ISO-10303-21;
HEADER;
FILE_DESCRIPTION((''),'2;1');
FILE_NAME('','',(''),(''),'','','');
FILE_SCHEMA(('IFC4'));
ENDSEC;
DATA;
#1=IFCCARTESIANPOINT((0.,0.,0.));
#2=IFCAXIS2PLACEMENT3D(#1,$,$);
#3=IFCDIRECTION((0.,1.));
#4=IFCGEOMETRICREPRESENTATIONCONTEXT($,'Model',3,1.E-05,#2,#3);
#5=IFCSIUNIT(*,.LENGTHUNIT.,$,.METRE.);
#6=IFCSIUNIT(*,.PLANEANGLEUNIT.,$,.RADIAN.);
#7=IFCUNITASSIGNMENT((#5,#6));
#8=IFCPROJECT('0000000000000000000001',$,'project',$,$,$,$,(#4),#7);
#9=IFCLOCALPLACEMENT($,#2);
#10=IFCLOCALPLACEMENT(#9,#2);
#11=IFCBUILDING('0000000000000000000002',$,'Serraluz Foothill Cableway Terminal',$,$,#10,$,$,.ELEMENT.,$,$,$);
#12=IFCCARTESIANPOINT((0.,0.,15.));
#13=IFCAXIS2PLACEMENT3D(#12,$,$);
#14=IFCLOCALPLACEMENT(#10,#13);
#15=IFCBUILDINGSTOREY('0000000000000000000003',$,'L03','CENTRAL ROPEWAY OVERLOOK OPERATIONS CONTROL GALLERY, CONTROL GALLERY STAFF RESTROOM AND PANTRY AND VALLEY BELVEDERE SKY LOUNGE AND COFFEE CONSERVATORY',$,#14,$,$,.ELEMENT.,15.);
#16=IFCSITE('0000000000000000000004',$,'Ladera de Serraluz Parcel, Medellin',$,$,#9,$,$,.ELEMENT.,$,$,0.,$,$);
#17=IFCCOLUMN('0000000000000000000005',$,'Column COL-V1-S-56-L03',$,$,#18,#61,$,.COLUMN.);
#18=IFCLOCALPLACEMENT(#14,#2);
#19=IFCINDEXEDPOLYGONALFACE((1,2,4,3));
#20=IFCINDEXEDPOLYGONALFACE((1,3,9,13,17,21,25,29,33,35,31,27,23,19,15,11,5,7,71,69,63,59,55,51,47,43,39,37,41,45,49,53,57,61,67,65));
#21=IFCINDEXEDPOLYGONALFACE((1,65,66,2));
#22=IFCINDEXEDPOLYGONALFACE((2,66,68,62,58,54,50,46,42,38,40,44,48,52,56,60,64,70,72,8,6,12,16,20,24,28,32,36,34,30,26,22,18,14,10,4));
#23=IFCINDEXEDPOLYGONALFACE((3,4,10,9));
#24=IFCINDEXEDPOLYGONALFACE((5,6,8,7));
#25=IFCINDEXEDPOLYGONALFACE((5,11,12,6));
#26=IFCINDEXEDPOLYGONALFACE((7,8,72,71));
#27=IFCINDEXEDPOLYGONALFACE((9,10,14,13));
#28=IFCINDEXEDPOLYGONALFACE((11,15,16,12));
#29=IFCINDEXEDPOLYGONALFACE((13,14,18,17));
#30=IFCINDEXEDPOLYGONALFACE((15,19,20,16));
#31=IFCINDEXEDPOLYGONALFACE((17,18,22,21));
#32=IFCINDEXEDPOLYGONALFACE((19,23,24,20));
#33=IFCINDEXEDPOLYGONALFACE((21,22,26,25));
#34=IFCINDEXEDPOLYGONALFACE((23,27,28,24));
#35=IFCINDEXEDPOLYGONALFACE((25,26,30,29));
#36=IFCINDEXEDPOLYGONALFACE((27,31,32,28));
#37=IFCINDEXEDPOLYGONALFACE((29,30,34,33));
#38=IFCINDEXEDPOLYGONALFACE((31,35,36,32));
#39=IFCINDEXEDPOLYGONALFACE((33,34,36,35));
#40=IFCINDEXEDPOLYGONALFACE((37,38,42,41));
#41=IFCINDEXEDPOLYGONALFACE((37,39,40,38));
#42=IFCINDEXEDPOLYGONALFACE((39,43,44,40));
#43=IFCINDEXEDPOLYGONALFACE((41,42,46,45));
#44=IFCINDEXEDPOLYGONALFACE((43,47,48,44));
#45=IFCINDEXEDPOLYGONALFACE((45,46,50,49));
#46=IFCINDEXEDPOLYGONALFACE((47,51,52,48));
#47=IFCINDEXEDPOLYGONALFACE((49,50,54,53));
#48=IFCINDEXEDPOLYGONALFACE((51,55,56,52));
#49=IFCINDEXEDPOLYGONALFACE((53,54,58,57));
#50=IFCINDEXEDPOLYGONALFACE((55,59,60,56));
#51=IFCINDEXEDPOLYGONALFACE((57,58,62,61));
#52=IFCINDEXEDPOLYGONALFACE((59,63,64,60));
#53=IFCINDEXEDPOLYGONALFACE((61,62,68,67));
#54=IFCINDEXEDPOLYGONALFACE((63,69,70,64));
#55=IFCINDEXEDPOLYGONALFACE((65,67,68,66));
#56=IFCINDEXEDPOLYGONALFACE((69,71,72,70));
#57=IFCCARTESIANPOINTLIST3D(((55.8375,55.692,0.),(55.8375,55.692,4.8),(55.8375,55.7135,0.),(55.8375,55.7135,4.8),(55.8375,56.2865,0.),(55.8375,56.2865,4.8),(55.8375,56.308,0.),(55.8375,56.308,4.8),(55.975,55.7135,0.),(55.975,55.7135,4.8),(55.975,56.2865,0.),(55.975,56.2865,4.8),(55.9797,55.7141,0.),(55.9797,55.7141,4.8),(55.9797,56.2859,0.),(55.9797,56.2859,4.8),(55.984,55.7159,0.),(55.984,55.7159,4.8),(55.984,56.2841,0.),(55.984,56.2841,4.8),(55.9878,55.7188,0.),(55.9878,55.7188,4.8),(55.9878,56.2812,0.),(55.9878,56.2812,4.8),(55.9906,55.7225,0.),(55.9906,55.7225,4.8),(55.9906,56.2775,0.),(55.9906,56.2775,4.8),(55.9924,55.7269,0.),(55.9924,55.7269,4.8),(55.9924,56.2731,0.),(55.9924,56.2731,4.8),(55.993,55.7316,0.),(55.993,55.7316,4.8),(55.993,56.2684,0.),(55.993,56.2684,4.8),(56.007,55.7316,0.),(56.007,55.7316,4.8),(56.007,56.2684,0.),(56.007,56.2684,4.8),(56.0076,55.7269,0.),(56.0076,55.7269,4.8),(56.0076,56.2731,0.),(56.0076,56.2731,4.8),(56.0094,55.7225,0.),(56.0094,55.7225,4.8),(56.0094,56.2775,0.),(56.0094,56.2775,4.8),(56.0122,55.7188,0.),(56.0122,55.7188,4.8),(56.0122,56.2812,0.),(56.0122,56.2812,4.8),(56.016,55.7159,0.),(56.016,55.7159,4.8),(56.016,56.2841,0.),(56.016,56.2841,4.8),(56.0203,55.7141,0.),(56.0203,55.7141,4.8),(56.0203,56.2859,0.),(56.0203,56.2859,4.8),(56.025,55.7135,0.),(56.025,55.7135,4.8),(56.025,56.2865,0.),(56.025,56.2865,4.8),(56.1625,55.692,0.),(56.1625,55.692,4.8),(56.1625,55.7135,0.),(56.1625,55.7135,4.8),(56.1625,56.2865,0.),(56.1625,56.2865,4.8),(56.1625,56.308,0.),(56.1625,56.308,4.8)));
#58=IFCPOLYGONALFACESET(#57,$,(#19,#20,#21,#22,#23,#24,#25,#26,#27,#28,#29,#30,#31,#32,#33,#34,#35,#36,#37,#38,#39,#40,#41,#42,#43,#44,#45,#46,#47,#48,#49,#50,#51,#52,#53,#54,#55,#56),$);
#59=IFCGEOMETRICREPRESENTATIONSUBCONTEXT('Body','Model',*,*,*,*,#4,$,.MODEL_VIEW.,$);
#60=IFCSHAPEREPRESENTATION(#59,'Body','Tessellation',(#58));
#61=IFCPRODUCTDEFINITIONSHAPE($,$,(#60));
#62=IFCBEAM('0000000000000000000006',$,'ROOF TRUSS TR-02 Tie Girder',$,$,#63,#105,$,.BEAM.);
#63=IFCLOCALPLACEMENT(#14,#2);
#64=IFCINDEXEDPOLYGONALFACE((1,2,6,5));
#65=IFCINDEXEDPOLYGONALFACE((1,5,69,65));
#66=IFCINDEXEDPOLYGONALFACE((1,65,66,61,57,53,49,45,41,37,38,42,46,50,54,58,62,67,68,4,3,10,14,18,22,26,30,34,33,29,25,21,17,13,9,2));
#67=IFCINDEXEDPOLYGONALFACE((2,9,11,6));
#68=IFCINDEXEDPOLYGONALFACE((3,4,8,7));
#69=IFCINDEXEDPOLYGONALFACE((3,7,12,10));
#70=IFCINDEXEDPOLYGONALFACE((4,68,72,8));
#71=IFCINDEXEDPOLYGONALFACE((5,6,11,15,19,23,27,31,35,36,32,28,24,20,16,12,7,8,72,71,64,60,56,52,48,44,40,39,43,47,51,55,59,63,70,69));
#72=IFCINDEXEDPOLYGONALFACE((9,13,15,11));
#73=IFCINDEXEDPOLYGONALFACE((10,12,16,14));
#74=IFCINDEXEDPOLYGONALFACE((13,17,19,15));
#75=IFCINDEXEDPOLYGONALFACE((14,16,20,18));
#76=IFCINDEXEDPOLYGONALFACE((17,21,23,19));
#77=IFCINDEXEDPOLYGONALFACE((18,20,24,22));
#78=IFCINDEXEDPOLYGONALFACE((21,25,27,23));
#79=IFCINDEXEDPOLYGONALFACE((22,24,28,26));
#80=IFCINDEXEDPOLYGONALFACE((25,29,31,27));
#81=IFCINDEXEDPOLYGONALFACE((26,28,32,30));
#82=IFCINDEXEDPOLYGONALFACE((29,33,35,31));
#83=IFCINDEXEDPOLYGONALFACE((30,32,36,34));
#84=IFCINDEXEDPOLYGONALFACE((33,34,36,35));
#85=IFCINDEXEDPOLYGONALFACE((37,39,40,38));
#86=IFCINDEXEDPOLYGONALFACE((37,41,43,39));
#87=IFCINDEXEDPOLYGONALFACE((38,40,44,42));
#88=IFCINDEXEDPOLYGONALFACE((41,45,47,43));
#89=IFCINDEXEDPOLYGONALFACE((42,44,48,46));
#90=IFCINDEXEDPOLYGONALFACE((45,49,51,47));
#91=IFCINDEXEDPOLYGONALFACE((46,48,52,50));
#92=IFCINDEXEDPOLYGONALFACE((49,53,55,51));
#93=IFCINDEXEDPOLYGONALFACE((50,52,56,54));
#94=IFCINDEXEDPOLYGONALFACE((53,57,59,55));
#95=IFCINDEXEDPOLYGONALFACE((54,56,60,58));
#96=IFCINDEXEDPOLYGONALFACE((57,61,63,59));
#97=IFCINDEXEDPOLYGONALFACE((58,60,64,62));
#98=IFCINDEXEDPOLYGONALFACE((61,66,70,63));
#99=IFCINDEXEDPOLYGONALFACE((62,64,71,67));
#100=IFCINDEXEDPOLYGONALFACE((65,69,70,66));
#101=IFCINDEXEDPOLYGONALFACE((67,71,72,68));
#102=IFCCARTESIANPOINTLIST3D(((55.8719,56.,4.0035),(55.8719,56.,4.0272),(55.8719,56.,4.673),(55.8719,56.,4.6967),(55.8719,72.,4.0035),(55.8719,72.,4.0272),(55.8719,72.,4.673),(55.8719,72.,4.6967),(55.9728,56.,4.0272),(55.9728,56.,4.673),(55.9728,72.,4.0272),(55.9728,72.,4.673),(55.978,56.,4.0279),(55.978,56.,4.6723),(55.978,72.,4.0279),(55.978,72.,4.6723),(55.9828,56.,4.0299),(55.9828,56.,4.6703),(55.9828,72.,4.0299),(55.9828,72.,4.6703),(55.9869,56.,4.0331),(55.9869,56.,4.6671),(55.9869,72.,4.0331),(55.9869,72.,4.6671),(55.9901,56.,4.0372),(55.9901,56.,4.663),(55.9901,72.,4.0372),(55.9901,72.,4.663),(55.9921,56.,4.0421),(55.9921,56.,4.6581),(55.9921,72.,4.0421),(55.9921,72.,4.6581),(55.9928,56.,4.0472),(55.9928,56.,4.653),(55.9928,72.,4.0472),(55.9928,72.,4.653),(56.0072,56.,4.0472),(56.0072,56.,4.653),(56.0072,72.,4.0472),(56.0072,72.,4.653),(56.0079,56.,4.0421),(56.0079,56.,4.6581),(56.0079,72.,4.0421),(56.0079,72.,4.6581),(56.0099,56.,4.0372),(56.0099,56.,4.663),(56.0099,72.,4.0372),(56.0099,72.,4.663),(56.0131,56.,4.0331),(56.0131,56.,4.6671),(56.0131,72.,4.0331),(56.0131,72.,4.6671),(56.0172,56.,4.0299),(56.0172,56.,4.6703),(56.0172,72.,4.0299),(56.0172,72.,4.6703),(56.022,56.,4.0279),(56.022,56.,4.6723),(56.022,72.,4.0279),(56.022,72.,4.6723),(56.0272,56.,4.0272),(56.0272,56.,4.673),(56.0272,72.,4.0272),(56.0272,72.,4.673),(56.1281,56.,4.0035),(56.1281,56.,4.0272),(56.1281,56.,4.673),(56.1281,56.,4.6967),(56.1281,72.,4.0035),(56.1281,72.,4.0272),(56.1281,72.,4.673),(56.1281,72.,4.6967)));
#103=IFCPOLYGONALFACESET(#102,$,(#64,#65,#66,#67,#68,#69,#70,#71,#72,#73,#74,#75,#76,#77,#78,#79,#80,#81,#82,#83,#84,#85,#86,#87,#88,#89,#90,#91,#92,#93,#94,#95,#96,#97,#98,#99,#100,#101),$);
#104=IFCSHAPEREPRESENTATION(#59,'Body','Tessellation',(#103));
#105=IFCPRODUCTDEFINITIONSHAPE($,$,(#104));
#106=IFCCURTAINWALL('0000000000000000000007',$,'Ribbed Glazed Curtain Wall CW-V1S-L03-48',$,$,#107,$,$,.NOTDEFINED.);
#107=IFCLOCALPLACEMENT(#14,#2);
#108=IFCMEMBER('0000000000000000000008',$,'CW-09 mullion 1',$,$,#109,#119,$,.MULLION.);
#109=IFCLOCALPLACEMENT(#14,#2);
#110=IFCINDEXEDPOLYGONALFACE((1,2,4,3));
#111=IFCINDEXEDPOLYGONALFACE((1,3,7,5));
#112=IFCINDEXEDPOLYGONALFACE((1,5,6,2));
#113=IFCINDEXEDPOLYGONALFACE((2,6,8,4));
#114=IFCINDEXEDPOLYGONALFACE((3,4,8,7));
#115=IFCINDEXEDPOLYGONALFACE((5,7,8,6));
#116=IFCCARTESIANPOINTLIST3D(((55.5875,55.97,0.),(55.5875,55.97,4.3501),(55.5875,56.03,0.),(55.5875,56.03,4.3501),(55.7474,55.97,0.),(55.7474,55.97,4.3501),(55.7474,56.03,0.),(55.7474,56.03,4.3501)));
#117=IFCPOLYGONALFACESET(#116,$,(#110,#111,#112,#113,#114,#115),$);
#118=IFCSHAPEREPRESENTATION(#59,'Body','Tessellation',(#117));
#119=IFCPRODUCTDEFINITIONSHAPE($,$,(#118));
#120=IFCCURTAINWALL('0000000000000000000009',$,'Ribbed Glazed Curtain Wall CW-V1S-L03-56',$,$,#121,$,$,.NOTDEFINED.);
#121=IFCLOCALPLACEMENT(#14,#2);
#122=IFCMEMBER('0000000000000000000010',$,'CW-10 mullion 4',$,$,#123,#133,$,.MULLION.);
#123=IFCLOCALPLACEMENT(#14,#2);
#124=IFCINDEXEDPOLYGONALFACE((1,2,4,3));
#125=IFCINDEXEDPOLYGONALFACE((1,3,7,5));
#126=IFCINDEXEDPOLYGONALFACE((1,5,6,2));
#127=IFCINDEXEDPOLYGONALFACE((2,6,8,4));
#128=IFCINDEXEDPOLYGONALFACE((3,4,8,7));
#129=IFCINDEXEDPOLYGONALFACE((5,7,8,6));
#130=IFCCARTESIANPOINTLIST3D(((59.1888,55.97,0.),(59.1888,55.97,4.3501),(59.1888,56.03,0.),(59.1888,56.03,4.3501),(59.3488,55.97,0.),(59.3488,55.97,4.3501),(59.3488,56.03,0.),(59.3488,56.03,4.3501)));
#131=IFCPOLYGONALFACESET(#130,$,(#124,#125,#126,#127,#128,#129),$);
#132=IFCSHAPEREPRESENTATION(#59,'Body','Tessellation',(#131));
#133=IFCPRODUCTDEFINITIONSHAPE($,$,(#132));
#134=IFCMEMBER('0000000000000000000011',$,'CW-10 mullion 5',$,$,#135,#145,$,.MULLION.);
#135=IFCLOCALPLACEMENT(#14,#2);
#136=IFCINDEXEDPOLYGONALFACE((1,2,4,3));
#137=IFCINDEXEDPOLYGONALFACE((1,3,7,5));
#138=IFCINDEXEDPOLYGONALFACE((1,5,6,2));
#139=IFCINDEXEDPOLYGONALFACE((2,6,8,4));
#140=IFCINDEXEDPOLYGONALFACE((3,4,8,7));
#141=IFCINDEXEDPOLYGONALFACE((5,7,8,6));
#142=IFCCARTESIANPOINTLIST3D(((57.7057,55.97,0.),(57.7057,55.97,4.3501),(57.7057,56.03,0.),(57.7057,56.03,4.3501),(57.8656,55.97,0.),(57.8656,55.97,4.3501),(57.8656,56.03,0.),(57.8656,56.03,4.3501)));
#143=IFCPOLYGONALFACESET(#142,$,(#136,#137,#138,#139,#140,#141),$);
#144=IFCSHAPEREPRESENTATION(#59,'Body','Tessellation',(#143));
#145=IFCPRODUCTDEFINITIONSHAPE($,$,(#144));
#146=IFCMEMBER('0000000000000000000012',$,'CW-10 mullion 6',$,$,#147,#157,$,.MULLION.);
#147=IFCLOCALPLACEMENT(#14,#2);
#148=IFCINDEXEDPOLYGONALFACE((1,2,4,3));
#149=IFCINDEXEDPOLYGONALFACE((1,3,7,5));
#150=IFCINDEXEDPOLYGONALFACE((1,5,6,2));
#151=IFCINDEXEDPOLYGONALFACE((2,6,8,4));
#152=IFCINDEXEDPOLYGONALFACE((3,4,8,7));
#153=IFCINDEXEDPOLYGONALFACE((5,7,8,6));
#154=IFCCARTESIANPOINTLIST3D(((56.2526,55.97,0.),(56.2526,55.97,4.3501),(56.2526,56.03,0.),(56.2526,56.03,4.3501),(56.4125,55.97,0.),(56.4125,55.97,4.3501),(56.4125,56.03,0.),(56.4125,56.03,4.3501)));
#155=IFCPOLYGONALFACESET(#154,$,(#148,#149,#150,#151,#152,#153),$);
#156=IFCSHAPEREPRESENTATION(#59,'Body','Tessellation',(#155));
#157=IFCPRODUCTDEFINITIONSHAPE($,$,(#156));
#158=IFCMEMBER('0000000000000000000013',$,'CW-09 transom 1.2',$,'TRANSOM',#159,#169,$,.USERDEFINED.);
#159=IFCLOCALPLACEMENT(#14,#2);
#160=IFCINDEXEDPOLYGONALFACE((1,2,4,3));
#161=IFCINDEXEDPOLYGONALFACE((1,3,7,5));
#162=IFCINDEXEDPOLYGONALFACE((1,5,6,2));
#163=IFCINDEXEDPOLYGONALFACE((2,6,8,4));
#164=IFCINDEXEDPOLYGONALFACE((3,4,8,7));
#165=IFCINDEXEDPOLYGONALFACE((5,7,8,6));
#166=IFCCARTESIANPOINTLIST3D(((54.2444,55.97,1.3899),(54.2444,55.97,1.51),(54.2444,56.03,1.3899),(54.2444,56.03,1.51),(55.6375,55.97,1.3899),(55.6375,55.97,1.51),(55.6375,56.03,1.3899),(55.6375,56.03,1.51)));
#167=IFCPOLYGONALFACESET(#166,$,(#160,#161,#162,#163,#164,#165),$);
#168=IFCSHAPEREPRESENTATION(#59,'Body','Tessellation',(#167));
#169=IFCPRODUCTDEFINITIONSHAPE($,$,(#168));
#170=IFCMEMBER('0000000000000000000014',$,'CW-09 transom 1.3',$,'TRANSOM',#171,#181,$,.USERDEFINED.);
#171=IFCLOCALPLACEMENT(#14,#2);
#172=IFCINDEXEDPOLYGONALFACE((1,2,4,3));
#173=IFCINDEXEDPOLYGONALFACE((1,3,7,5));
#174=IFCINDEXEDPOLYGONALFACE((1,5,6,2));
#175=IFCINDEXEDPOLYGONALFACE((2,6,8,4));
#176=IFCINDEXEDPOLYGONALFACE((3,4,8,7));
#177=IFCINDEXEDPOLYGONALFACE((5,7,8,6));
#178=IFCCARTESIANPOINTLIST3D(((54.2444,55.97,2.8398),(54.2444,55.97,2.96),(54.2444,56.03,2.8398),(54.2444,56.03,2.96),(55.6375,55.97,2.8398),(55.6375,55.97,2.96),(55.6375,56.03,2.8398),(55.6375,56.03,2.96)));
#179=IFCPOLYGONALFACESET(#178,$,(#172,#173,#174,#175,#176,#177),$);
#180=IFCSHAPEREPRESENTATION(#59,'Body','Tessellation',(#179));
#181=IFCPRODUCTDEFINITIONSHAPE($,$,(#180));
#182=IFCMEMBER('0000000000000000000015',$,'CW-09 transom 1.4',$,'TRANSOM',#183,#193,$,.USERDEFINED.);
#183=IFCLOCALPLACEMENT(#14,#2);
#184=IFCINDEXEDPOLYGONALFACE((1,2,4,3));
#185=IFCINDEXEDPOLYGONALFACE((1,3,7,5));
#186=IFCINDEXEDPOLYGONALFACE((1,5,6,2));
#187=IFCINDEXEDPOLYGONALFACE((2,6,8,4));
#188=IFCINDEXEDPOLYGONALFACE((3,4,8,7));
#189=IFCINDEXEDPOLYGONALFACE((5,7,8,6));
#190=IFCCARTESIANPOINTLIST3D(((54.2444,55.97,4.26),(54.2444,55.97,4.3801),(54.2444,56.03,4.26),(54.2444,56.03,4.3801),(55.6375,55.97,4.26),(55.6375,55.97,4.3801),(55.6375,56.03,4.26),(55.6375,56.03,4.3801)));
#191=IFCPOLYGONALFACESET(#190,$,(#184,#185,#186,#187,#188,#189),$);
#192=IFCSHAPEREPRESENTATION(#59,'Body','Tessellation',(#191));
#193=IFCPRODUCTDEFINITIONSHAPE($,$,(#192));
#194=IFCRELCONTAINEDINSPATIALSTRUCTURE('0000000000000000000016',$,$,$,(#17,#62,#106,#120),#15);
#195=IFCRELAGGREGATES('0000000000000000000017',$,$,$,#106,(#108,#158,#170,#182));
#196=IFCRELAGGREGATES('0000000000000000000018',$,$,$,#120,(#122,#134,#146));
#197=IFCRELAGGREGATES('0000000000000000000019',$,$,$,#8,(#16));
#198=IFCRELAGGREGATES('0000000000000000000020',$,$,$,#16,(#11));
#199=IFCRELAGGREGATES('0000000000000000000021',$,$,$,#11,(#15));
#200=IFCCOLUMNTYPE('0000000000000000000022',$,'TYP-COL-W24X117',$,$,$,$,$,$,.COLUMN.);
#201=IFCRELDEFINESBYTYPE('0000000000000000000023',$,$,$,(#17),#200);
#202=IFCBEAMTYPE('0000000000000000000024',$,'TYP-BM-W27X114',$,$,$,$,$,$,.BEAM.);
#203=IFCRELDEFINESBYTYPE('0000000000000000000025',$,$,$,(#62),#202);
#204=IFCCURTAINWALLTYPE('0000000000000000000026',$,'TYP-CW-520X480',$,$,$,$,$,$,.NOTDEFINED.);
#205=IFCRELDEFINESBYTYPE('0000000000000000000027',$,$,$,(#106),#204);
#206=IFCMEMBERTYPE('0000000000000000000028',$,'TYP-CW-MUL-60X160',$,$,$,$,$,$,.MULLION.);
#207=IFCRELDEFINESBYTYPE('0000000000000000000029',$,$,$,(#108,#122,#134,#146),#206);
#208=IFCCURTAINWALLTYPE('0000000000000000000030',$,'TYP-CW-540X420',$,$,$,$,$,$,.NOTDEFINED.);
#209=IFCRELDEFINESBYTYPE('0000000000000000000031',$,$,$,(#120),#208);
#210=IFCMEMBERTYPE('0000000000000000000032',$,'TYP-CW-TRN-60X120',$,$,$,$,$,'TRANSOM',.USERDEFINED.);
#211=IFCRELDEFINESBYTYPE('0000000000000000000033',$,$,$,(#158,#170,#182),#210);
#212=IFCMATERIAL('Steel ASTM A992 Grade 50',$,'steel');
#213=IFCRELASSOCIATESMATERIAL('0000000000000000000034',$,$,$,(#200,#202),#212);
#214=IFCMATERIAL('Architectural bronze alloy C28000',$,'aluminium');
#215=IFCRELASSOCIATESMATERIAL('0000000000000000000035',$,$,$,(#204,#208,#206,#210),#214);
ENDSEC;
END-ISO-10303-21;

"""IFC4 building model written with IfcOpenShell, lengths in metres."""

from ifc_helpers import new_model, si_unit, direction, frame, origin, origin_2d, place, context, subcontext, project, spatial, rectangle, i_section, extrude, material, material_profile, profile_set, type_object, element, aggregate, save


model = new_model("IFC4")

# Units and contexts
model_context = context("Model", 3, precision=1e-05, world=origin(), true_north=direction((0.0, 1.0)))
body_context = subcontext(model_context, "Body", "Model", "MODEL_VIEW")
ifc_project = project(units=[si_unit("LENGTHUNIT", "METRE"), si_unit("PLANEANGLEUNIT", "RADIAN")], contexts=[model_context])

# Site, building, storey
site_placement = place(None, origin())
site = spatial("IfcSite", under=ifc_project, at=site_placement, Name="Ladera de Serraluz Parcel, Medellin", CompositionType="ELEMENT", RefElevation=0.0)
building_placement = place(site_placement, origin())
building = spatial("IfcBuilding", under=site, at=building_placement, Name="Serraluz Foothill Cableway Terminal", CompositionType="ELEMENT")
storey_placement = place(building_placement, frame((0.0, 0.0, 15.0)))
storey = spatial("IfcBuildingStorey", under=building, at=storey_placement, Name="L03", Description="CENTRAL ROPEWAY OVERLOOK OPERATIONS CONTROL GALLERY, CONTROL GALLERY STAFF RESTROOM AND PANTRY AND VALLEY BELVEDERE SKY LOUNGE AND COFFEE CONSERVATORY", CompositionType="ELEMENT", Elevation=15.0)

# Column
ifc_material_1 = material(Name="Steel ASTM A992 Grade 50", Category="steel")
ifc_material_profile_1 = material_profile(ifc_material_1, i_section(OverallWidth=0.325, OverallDepth=0.616, WebThickness=0.0139, FlangeThickness=0.0215, FilletRadius=0.0181, at=origin_2d()), Name="W24X117")
ifc_profile_set_1 = profile_set([ifc_material_profile_1], Name="Steel ASTM A992 Grade 50")
column_type = type_object("IfcColumnType", Name="TYP-COL-W24X117", PredefinedType="COLUMN", material=ifc_profile_set_1)
column_placement = place(storey_placement, frame((56.0, 56.0, 0.0), z_axis=(0.0, 0.0, 1.0), x_axis=(1.0, 0.0, 0.0)))
element("IfcColumn", 1, at=column_placement, inside=storey, type_object=column_type, Name="Column COL-V1-S-56-L03", PredefinedType="COLUMN", context=body_context, shape_type="SweptSolid", body=[
    extrude(i_section(OverallWidth=0.325, OverallDepth=0.616, WebThickness=0.0139, FlangeThickness=0.0215, FilletRadius=0.0181, at=origin_2d()), origin(), (0.0, 0.0, 1.0), 4.8),
])

# Beam
ifc_material_profile_2 = material_profile(ifc_material_1, i_section(OverallWidth=0.2561, OverallDepth=0.6931, WebThickness=0.0144, FlangeThickness=0.0237, FilletRadius=0.02, at=origin_2d()), Name="W27X114")
ifc_profile_set_2 = profile_set([ifc_material_profile_2], Name="Steel ASTM A992 Grade 50")
beam_type_1 = type_object("IfcBeamType", Name="TYP-BM-W27X114", PredefinedType="BEAM", material=ifc_profile_set_2)
beam_1_placement = place(storey_placement, frame((56.0, 56.0, 4.3501), z_axis=(0.0, 1.0, 0.0), x_axis=(-1.0, 0.0, 0.0)))
element("IfcBeam", 2, at=beam_1_placement, inside=storey, type_object=beam_type_1, Name="ROOF TRUSS TR-02 Tie Girder", PredefinedType="BEAM", context=body_context, shape_type="SweptSolid", body=[
    extrude(i_section(OverallWidth=0.2561, OverallDepth=0.6931, WebThickness=0.0144, FlangeThickness=0.0237, FilletRadius=0.02, at=origin_2d()), origin(), (0.0, 0.0, 1.0), 16.0),
])

# Curtain wall, member
ifc_material_2 = material(Name="Architectural bronze alloy C28000", Category="aluminium")
curtain_wall_type_1 = type_object("IfcCurtainWallType", Name="TYP-CW-520X480", PredefinedType="NOTDEFINED", material=ifc_material_2)
curtain_wall_1_placement = place(storey_placement, origin())
curtain_wall_1 = element("IfcCurtainWall", 3, at=curtain_wall_1_placement, inside=storey, type_object=curtain_wall_type_1, Name="Ribbed Glazed Curtain Wall CW-V1S-L03-48", PredefinedType="NOTDEFINED")
ifc_material_profile_3 = material_profile(ifc_material_2, rectangle(XDim=0.0601, YDim=0.1599, at=origin_2d()), Name="ALU MULLION 60x160")
ifc_profile_set_3 = profile_set([ifc_material_profile_3], Name="Architectural bronze alloy C28000")
member_type_1 = type_object("IfcMemberType", Name="TYP-CW-MUL-60X160", PredefinedType="MULLION", material=ifc_profile_set_3)
member_1_placement = place(storey_placement, frame((55.6675, 56.0, 0.0), z_axis=(0.0, 0.0, 1.0), x_axis=(0.0, -1.0, 0.0)))
member_1 = element("IfcMember", 4, at=member_1_placement, type_object=member_type_1, Name="CW-09 mullion 1", PredefinedType="MULLION", context=body_context, shape_type="SweptSolid", body=[
    extrude(rectangle(XDim=0.0601, YDim=0.1599, at=origin_2d()), origin(), (0.0, 0.0, 1.0), 4.3501),
])

# Curtain wall, members
curtain_wall_type_2 = type_object("IfcCurtainWallType", Name="TYP-CW-540X420", PredefinedType="NOTDEFINED", material=ifc_material_2)
curtain_wall_2_placement = place(storey_placement, origin())
curtain_wall_2 = element("IfcCurtainWall", 5, at=curtain_wall_2_placement, inside=storey, type_object=curtain_wall_type_2, Name="Ribbed Glazed Curtain Wall CW-V1S-L03-56", PredefinedType="NOTDEFINED")
member_2_placement = place(storey_placement, frame((59.2688, 56.0, 0.0), z_axis=(0.0, 0.0, 1.0), x_axis=(0.0, -1.0, 0.0)))
member_2 = element("IfcMember", 6, at=member_2_placement, type_object=member_type_1, Name="CW-10 mullion 4", PredefinedType="MULLION", context=body_context, shape_type="SweptSolid", body=[
    extrude(rectangle(XDim=0.0601, YDim=0.1599, at=origin_2d()), origin(), (0.0, 0.0, 1.0), 4.3501),
])
member_3_placement = place(storey_placement, frame((57.7856, 56.0, 0.0), z_axis=(0.0, 0.0, 1.0), x_axis=(0.0, -1.0, 0.0)))
member_3 = element("IfcMember", 7, at=member_3_placement, type_object=member_type_1, Name="CW-10 mullion 5", PredefinedType="MULLION", context=body_context, shape_type="SweptSolid", body=[
    extrude(rectangle(XDim=0.0601, YDim=0.1599, at=origin_2d()), origin(), (0.0, 0.0, 1.0), 4.3501),
])
member_4_placement = place(storey_placement, frame((56.3325, 56.0, 0.0), z_axis=(0.0, 0.0, 1.0), x_axis=(0.0, -1.0, 0.0)))
member_4 = element("IfcMember", 8, at=member_4_placement, type_object=member_type_1, Name="CW-10 mullion 6", PredefinedType="MULLION", context=body_context, shape_type="SweptSolid", body=[
    extrude(rectangle(XDim=0.0601, YDim=0.1599, at=origin_2d()), origin(), (0.0, 0.0, 1.0), 4.3501),
])

# Members
ifc_material_profile_4 = material_profile(ifc_material_2, rectangle(XDim=0.0601, YDim=0.1201, at=origin_2d()), Name="ALU TRANSOM 60x120")
ifc_profile_set_4 = profile_set([ifc_material_profile_4], Name="Architectural bronze alloy C28000")
member_type_2 = type_object("IfcMemberType", Name="TYP-CW-TRN-60X120", ElementType="TRANSOM", PredefinedType="USERDEFINED", material=ifc_profile_set_4)
member_5_placement = place(storey_placement, frame((55.6375, 56.0, 1.45), z_axis=(-1.0, 0.0, 0.0), x_axis=(0.0, -1.0, 0.0)))
member_5 = element("IfcMember", 9, at=member_5_placement, type_object=member_type_2, Name="CW-09 transom 1.2", ObjectType="TRANSOM", PredefinedType="USERDEFINED", context=body_context, shape_type="SweptSolid", body=[
    extrude(rectangle(XDim=0.0601, YDim=0.1201, at=origin_2d()), origin(), (0.0, 0.0, 1.0), 1.3931),
])
member_6_placement = place(storey_placement, frame((55.6375, 56.0, 2.8999), z_axis=(-1.0, 0.0, 0.0), x_axis=(0.0, -1.0, 0.0)))
member_6 = element("IfcMember", 10, at=member_6_placement, type_object=member_type_2, Name="CW-09 transom 1.3", ObjectType="TRANSOM", PredefinedType="USERDEFINED", context=body_context, shape_type="SweptSolid", body=[
    extrude(rectangle(XDim=0.0601, YDim=0.1201, at=origin_2d()), origin(), (0.0, 0.0, 1.0), 1.3931),
])
member_7_placement = place(storey_placement, frame((55.6375, 56.0, 4.3201), z_axis=(-1.0, 0.0, 0.0), x_axis=(0.0, -1.0, 0.0)))
member_7 = element("IfcMember", 11, at=member_7_placement, type_object=member_type_2, Name="CW-09 transom 1.4", ObjectType="TRANSOM", PredefinedType="USERDEFINED", context=body_context, shape_type="SweptSolid", body=[
    extrude(rectangle(XDim=0.0601, YDim=0.1201, at=origin_2d()), origin(), (0.0, 0.0, 1.0), 1.3931),
])
aggregate(curtain_wall_1, [member_1, member_5, member_6, member_7])

aggregate(curtain_wall_2, [member_2, member_3, member_4])

save(model, "model.ifc")
